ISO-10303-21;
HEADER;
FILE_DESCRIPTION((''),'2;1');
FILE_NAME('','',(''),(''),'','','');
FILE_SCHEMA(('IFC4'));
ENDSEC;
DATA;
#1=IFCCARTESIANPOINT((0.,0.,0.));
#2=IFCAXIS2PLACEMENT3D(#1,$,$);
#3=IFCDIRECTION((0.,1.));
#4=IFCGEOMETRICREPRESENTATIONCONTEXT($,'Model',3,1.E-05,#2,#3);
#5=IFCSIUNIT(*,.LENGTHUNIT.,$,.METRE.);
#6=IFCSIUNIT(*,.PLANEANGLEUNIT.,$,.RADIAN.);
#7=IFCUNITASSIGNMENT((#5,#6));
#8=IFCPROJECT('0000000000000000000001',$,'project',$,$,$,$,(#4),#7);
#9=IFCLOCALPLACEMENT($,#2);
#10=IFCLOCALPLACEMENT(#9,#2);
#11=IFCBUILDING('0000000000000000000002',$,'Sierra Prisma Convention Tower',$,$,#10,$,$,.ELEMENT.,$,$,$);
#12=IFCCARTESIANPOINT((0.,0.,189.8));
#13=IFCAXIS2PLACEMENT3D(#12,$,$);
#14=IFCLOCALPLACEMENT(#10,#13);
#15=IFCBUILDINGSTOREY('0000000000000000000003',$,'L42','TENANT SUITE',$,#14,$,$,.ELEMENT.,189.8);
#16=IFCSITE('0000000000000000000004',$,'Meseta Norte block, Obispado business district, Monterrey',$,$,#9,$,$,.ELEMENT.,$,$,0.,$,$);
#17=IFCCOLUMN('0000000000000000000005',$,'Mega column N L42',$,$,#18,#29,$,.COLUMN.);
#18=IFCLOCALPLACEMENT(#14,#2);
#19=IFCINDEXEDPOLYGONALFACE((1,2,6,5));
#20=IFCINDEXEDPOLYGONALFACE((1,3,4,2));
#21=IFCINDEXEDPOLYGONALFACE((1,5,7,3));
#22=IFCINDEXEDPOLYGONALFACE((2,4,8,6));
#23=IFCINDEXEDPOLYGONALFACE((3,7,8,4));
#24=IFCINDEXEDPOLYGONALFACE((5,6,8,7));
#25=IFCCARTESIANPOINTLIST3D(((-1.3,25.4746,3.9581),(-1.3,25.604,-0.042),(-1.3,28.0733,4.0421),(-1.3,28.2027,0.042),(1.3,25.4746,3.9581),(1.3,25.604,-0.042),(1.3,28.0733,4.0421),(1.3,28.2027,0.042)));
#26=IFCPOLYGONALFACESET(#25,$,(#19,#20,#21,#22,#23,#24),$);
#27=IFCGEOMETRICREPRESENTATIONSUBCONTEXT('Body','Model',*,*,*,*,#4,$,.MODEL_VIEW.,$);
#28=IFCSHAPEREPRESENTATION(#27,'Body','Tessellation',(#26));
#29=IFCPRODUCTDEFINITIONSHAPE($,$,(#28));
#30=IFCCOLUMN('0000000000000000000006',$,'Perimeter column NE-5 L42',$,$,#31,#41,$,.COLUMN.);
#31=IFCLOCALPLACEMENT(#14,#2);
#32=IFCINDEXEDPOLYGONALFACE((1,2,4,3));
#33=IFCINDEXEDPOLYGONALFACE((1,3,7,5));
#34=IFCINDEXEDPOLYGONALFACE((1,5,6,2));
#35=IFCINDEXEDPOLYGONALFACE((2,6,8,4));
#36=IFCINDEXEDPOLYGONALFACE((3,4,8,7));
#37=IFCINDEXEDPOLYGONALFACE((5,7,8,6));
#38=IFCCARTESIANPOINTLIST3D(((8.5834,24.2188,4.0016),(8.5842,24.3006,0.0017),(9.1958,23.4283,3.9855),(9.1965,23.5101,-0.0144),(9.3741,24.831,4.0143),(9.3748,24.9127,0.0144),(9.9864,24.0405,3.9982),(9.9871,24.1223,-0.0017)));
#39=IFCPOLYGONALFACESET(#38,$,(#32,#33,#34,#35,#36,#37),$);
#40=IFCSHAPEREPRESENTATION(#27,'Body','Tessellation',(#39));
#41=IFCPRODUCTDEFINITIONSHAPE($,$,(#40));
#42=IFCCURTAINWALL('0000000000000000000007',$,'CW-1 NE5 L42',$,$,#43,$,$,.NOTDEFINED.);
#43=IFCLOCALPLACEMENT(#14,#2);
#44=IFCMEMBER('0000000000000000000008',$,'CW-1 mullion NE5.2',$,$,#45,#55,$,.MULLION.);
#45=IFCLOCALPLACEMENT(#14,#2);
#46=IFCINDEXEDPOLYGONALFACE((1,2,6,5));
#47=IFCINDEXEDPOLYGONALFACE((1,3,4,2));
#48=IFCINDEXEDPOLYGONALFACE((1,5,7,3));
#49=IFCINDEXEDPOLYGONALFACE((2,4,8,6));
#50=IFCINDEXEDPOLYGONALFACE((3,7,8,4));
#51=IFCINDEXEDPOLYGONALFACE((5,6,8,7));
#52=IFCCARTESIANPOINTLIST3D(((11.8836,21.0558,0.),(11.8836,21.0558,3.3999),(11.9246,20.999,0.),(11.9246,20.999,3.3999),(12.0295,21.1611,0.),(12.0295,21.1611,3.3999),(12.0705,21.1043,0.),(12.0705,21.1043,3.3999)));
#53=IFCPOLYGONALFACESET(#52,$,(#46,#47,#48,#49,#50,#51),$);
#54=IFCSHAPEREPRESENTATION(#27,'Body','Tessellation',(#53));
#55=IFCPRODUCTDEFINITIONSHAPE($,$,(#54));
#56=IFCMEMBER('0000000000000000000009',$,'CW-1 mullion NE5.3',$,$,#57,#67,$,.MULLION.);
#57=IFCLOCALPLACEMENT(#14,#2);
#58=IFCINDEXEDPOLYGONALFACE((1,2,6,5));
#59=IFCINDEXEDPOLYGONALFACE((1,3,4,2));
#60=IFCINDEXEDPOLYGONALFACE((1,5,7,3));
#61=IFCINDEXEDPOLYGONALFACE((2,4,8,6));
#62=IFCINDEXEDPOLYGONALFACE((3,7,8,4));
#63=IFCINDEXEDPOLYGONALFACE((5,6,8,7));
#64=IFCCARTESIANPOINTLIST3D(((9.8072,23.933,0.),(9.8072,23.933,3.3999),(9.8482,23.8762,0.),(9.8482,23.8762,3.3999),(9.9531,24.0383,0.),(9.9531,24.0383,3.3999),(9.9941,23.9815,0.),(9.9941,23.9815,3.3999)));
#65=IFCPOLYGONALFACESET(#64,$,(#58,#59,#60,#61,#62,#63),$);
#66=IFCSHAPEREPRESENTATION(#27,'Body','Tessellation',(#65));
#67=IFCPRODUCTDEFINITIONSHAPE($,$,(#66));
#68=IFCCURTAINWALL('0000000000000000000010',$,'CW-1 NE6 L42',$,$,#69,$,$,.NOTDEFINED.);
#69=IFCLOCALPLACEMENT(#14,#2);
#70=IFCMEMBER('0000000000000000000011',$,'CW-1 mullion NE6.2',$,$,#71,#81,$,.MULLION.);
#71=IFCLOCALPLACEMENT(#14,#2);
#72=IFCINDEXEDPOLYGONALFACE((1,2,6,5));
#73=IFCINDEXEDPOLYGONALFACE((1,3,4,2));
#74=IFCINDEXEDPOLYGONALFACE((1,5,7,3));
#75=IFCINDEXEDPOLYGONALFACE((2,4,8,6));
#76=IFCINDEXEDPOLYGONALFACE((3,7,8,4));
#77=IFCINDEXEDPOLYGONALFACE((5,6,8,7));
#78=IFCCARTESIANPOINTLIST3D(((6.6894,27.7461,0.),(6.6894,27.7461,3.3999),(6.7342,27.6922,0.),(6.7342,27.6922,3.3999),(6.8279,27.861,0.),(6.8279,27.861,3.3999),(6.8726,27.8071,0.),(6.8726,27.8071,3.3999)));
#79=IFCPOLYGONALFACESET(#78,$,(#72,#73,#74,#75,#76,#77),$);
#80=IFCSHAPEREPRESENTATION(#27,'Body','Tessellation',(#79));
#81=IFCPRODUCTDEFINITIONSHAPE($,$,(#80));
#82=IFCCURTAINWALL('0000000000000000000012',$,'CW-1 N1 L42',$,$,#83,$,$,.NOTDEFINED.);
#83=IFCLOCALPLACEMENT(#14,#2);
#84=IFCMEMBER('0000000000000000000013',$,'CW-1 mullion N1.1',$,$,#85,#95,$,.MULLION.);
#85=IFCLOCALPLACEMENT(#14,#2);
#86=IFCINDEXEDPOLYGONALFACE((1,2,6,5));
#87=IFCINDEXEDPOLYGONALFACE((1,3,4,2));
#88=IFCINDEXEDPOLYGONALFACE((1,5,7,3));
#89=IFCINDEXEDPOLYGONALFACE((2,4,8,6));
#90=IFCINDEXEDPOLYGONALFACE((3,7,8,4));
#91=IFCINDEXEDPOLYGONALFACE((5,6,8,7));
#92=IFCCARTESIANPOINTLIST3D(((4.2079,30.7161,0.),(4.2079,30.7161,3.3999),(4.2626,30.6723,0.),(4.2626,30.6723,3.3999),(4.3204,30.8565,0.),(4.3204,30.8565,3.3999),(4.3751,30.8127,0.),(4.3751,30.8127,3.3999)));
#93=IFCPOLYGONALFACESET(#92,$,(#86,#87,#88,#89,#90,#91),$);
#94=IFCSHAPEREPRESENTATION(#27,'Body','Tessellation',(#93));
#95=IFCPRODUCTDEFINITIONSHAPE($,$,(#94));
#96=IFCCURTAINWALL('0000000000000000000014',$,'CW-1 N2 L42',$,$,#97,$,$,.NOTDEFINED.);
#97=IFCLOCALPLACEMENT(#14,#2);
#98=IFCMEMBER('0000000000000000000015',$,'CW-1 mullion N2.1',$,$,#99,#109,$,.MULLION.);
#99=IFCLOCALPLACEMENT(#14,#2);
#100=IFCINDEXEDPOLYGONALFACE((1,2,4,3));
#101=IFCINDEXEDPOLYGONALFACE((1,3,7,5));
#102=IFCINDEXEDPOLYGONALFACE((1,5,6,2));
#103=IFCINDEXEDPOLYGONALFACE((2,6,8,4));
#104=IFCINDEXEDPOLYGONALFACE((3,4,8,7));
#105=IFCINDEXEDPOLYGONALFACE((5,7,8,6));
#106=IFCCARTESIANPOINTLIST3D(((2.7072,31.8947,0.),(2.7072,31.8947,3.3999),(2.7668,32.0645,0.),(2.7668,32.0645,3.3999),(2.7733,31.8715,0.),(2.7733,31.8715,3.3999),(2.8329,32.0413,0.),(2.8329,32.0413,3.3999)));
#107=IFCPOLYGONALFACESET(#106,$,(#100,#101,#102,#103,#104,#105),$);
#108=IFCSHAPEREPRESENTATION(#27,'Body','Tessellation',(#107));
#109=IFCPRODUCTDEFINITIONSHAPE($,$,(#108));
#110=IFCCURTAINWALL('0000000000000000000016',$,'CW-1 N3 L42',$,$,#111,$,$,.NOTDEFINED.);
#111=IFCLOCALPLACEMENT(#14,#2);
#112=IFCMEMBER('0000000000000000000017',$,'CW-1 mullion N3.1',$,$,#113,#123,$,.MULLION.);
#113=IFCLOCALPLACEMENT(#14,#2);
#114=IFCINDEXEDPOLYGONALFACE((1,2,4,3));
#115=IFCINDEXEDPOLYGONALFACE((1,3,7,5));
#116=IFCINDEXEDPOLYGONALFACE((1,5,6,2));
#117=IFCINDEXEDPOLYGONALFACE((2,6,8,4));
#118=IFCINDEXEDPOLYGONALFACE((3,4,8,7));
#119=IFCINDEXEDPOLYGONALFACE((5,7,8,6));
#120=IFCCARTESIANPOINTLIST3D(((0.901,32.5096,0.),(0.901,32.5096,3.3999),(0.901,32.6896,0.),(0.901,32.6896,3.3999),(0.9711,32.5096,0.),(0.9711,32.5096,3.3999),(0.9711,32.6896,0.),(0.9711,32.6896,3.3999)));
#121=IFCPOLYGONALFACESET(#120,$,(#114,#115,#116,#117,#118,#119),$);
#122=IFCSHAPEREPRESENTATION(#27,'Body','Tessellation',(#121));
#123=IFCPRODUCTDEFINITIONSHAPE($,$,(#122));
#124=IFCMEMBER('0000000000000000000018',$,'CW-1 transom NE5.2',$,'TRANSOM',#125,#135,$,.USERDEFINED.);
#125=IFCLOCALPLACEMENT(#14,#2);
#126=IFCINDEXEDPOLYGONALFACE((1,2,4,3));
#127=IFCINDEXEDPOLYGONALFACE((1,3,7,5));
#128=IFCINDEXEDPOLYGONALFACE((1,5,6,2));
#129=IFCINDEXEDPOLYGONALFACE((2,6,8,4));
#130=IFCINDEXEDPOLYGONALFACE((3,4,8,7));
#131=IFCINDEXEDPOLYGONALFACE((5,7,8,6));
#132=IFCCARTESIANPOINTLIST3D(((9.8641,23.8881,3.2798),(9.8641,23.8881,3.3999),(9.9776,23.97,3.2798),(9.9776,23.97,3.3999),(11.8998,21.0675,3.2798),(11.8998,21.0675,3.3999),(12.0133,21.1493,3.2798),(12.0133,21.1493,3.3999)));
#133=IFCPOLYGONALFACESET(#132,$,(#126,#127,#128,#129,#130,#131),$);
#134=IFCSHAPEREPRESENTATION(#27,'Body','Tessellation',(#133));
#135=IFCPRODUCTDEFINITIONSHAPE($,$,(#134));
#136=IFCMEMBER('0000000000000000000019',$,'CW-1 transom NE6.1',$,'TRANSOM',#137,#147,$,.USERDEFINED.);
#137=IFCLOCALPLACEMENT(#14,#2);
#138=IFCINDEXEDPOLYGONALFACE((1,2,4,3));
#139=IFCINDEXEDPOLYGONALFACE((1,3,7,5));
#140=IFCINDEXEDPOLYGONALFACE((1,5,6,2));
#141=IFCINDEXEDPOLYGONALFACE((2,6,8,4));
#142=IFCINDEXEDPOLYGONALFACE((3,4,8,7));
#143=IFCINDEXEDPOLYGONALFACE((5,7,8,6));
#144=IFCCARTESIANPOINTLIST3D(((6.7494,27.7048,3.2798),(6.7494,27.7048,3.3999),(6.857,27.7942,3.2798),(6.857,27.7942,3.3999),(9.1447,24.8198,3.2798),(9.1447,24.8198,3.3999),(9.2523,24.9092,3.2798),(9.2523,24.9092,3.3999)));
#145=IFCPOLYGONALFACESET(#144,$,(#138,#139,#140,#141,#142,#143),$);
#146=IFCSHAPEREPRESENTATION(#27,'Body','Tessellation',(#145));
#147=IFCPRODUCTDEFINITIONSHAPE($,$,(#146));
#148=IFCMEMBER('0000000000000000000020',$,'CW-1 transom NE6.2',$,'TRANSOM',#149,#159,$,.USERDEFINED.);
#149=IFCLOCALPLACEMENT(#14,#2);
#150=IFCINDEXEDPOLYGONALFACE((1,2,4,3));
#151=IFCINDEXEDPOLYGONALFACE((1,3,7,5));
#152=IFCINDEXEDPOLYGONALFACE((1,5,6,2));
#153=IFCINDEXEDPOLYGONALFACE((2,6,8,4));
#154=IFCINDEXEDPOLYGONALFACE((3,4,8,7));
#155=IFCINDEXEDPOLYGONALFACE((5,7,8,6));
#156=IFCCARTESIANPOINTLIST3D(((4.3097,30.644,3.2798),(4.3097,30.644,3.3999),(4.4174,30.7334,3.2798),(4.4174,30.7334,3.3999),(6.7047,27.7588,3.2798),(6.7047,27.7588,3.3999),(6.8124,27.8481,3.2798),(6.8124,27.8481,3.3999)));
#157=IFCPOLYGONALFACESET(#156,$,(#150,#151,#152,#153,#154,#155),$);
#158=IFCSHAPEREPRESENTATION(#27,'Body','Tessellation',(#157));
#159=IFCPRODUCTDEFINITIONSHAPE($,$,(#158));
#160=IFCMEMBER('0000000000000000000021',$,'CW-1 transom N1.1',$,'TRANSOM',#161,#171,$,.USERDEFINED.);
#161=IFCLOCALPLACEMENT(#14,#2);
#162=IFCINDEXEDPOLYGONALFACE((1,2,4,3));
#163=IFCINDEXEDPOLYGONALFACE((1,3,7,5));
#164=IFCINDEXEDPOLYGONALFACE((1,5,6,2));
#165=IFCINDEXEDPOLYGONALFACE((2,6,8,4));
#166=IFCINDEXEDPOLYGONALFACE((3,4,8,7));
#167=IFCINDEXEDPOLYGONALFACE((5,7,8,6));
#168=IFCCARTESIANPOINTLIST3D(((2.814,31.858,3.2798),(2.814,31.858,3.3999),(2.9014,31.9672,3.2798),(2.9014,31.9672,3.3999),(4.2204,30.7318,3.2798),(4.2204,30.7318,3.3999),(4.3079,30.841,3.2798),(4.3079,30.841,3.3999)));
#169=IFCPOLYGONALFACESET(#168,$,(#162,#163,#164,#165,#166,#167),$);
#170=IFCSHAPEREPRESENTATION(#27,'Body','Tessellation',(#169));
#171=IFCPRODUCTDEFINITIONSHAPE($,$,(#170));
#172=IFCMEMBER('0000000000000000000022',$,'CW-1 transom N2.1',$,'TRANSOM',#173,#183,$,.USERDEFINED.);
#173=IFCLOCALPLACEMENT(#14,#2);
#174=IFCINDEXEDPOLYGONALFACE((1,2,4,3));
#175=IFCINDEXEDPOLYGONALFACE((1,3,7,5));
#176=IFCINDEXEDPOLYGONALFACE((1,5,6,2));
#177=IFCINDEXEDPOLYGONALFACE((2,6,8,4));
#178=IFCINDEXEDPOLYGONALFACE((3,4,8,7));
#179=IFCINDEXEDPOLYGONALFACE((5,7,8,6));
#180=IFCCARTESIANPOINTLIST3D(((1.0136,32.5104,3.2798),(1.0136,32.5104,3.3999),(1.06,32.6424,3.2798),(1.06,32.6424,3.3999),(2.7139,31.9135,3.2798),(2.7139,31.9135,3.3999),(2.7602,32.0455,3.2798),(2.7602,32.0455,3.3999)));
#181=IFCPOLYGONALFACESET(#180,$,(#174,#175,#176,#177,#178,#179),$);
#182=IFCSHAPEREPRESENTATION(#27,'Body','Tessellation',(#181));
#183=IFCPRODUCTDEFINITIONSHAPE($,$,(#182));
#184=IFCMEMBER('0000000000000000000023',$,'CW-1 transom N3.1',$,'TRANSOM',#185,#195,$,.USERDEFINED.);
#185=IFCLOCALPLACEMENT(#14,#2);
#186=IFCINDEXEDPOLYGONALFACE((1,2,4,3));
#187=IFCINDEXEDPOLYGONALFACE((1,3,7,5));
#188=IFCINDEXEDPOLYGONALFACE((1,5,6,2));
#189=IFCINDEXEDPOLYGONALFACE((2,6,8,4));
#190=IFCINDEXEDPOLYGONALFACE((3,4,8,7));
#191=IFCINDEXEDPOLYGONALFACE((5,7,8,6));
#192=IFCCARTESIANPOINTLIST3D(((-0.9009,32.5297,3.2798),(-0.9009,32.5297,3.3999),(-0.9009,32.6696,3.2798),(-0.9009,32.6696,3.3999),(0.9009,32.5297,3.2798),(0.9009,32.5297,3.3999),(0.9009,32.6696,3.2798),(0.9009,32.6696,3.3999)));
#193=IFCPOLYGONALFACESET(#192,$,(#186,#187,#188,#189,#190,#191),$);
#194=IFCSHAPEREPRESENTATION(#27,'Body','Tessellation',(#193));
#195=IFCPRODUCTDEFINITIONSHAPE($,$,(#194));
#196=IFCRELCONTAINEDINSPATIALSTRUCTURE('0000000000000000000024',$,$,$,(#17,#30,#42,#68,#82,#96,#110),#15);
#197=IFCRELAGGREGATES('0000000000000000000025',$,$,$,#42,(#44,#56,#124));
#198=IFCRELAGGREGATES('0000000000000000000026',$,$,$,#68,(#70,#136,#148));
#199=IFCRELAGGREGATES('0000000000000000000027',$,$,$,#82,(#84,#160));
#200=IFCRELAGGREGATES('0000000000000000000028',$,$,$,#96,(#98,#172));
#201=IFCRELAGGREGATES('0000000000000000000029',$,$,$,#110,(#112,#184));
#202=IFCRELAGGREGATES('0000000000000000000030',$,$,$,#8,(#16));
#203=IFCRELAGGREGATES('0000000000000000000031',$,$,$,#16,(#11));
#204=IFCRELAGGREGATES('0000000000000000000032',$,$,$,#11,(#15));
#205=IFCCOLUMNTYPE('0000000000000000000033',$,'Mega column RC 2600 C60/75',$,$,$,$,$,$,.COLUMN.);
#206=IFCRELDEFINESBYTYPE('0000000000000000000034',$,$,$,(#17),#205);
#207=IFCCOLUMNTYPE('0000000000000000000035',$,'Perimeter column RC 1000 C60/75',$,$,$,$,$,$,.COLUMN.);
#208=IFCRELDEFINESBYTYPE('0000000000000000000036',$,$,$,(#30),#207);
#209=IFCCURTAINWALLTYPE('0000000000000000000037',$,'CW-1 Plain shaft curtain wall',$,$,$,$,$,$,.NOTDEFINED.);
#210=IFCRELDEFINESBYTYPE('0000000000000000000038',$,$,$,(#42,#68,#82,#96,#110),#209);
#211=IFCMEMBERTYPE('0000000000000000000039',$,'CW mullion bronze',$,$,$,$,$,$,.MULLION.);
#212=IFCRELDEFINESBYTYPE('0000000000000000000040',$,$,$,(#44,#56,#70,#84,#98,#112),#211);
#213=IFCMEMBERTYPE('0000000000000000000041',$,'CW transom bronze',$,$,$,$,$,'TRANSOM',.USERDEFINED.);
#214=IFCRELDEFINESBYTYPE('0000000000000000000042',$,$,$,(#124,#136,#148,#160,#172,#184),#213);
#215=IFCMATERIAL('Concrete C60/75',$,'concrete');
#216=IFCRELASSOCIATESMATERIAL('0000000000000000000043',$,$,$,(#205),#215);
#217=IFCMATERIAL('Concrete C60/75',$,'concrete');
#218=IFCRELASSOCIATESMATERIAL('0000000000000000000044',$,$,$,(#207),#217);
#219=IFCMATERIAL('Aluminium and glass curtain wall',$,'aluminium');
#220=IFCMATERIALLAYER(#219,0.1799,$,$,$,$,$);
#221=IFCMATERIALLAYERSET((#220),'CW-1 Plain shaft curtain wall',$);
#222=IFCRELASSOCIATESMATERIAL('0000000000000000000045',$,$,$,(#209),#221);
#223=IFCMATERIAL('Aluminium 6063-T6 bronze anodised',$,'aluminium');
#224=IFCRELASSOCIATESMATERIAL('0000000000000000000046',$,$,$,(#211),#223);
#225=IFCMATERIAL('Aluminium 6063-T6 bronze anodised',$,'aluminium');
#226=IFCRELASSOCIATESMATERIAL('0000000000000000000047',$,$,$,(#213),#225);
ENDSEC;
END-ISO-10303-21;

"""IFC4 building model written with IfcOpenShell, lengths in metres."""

from ifc_helpers import new_model, si_unit, direction, frame, origin, origin_2d, place, context, subcontext, project, spatial, rectangle, extrude, material, layer, layer_set, material_profile, profile_set, type_object, element, aggregate, save


model = new_model("IFC4")

# Units and contexts
model_context = context("Model", 3, precision=1e-05, world=origin(), true_north=direction((0.0, 1.0)))
body_context = subcontext(model_context, "Body", "Model", "MODEL_VIEW")
ifc_project = project(units=[si_unit("LENGTHUNIT", "METRE"), si_unit("PLANEANGLEUNIT", "RADIAN")], contexts=[model_context])

# Site, building, storey
site_placement = place(None, origin())
site = spatial("IfcSite", under=ifc_project, at=site_placement, Name="Meseta Norte block, Obispado business district, Monterrey", CompositionType="ELEMENT", RefElevation=0.0)
building_placement = place(site_placement, origin())
building = spatial("IfcBuilding", under=site, at=building_placement, Name="Sierra Prisma Convention Tower", CompositionType="ELEMENT")
storey_placement = place(building_placement, frame((0.0, 0.0, 189.8)))
storey = spatial("IfcBuildingStorey", under=building, at=storey_placement, Name="L42", Description="TENANT SUITE", CompositionType="ELEMENT", Elevation=189.8)

# Columns
ifc_material_1 = material(Name="Concrete C60/75", Category="concrete")
ifc_material_profile_1 = material_profile(ifc_material_1, rectangle(XDim=2.6001, YDim=2.6001, at=origin_2d()), Name="Mega column RC 2600 C60/75")
ifc_profile_set_1 = profile_set([ifc_material_profile_1], Name="Concrete C60/75")
column_type_1 = type_object("IfcColumnType", Name="Mega column RC 2600 C60/75", PredefinedType="COLUMN", material=ifc_profile_set_1)
column_1_placement = place(storey_placement, frame((0.0, 26.9033, 0.0), z_axis=(0.0, -0.032332, 0.999477), x_axis=(1.0, 0.0, 0.0)))
element("IfcColumn", 1, at=column_1_placement, inside=storey, type_object=column_type_1, Name="Mega column N L42", PredefinedType="COLUMN", context=body_context, shape_type="SweptSolid", body=[
    extrude(rectangle(XDim=2.6001, YDim=2.6001, at=origin_2d()), origin(), (0.0, 0.0, 1.0), 4.0022),
])
ifc_material_2 = material(Name="Concrete C60/75", Category="concrete")
ifc_material_profile_2 = material_profile(ifc_material_2, rectangle(XDim=1.0, YDim=1.0, at=origin_2d()), Name="Perimeter column RC 1000 C60/75")
ifc_profile_set_2 = profile_set([ifc_material_profile_2], Name="Concrete C60/75")
column_type_2 = type_object("IfcColumnType", Name="Perimeter column RC 1000 C60/75", PredefinedType="COLUMN", material=ifc_profile_set_2)
column_2_placement = place(storey_placement, frame((9.2856, 24.2114, 0.0), z_axis=(-0.000183, -0.020443, 0.999791), x_axis=(-0.612322, 0.790445, 0.01605)))
element("IfcColumn", 2, at=column_2_placement, inside=storey, type_object=column_type_2, Name="Perimeter column NE-5 L42", PredefinedType="COLUMN", context=body_context, shape_type="SweptSolid", body=[
    extrude(rectangle(XDim=1.0, YDim=1.0, at=origin_2d()), origin(), (0.0, 0.0, 1.0), 4.0007),
])

# Curtain wall, members
ifc_material_3 = material(Name="Aluminium and glass curtain wall", Category="aluminium")
ifc_layer_1 = layer(ifc_material_3, 0.1799)
ifc_layer_set_1 = layer_set([ifc_layer_1], Name="CW-1 Plain shaft curtain wall")
curtain_wall_type = type_object("IfcCurtainWallType", Name="CW-1 Plain shaft curtain wall", PredefinedType="NOTDEFINED", material=ifc_layer_set_1)
curtain_wall_1_placement = place(storey_placement, origin())
curtain_wall_1 = element("IfcCurtainWall", 3, at=curtain_wall_1_placement, inside=storey, type_object=curtain_wall_type, Name="CW-1 NE5 L42", PredefinedType="NOTDEFINED")
ifc_material_4 = material(Name="Aluminium 6063-T6 bronze anodised", Category="aluminium")
ifc_material_profile_3 = material_profile(ifc_material_4, rectangle(XDim=0.1799, YDim=0.0701, at=origin_2d()), Name="ALU MULLION 70x180")
ifc_profile_set_3 = profile_set([ifc_material_profile_3], Name="Aluminium 6063-T6 bronze anodised")
member_type_1 = type_object("IfcMemberType", Name="CW mullion bronze", PredefinedType="MULLION", material=ifc_profile_set_3)
member_1_placement = place(storey_placement, frame((11.9771, 21.0801, 0.0), z_axis=(0.0, 0.0, 1.0), x_axis=(-0.810878, -0.585215, 0.0)))
member_1 = element("IfcMember", 4, at=member_1_placement, type_object=member_type_1, Name="CW-1 mullion NE5.2", PredefinedType="MULLION", context=body_context, shape_type="SweptSolid", body=[
    extrude(rectangle(XDim=0.1799, YDim=0.0701, at=origin_2d()), origin(), (0.0, 0.0, 1.0), 3.3999),
])
member_2_placement = place(storey_placement, frame((9.9006, 23.9573, 0.0), z_axis=(0.0, 0.0, 1.0), x_axis=(-0.810878, -0.585215, 0.0)))
member_2 = element("IfcMember", 5, at=member_2_placement, type_object=member_type_1, Name="CW-1 mullion NE5.3", PredefinedType="MULLION", context=body_context, shape_type="SweptSolid", body=[
    extrude(rectangle(XDim=0.1799, YDim=0.0701, at=origin_2d()), origin(), (0.0, 0.0, 1.0), 3.3999),
])

# Curtain walls, members
curtain_wall_2_placement = place(storey_placement, origin())
curtain_wall_2 = element("IfcCurtainWall", 6, at=curtain_wall_2_placement, inside=storey, type_object=curtain_wall_type, Name="CW-1 NE6 L42", PredefinedType="NOTDEFINED")
member_3_placement = place(storey_placement, frame((6.781, 27.7766, 0.0), z_axis=(0.0, 0.0, 1.0), x_axis=(-0.769433, -0.638728, 0.0)))
member_3 = element("IfcMember", 7, at=member_3_placement, type_object=member_type_1, Name="CW-1 mullion NE6.2", PredefinedType="MULLION", context=body_context, shape_type="SweptSolid", body=[
    extrude(rectangle(XDim=0.1799, YDim=0.0701, at=origin_2d()), origin(), (0.0, 0.0, 1.0), 3.3999),
])
curtain_wall_3_placement = place(storey_placement, origin())
curtain_wall_3 = element("IfcCurtainWall", 8, at=curtain_wall_3_placement, inside=storey, type_object=curtain_wall_type, Name="CW-1 N1 L42", PredefinedType="NOTDEFINED")
member_4_placement = place(storey_placement, frame((4.2915, 30.7644, 0.0), z_axis=(0.0, 0.0, 1.0), x_axis=(-0.625118, -0.78053, 0.0)))
member_4 = element("IfcMember", 9, at=member_4_placement, type_object=member_type_1, Name="CW-1 mullion N1.1", PredefinedType="MULLION", context=body_context, shape_type="SweptSolid", body=[
    extrude(rectangle(XDim=0.1799, YDim=0.0701, at=origin_2d()), origin(), (0.0, 0.0, 1.0), 3.3999),
])
curtain_wall_4_placement = place(storey_placement, origin())
curtain_wall_4 = element("IfcCurtainWall", 10, at=curtain_wall_4_placement, inside=storey, type_object=curtain_wall_type, Name="CW-1 N2 L42", PredefinedType="NOTDEFINED")
member_5_placement = place(storey_placement, frame((2.77, 31.968, 0.0), z_axis=(0.0, 0.0, 1.0), x_axis=(-0.331263, -0.943539, 0.0)))
member_5 = element("IfcMember", 11, at=member_5_placement, type_object=member_type_1, Name="CW-1 mullion N2.1", PredefinedType="MULLION", context=body_context, shape_type="SweptSolid", body=[
    extrude(rectangle(XDim=0.1799, YDim=0.0701, at=origin_2d()), origin(), (0.0, 0.0, 1.0), 3.3999),
])
curtain_wall_5_placement = place(storey_placement, origin())
curtain_wall_5 = element("IfcCurtainWall", 12, at=curtain_wall_5_placement, inside=storey, type_object=curtain_wall_type, Name="CW-1 N3 L42", PredefinedType="NOTDEFINED")
member_6_placement = place(storey_placement, frame((0.936, 32.5996, 0.0), z_axis=(0.0, 0.0, 1.0), x_axis=(0.0, -1.0, 0.0)))
member_6 = element("IfcMember", 13, at=member_6_placement, type_object=member_type_1, Name="CW-1 mullion N3.1", PredefinedType="MULLION", context=body_context, shape_type="SweptSolid", body=[
    extrude(rectangle(XDim=0.1799, YDim=0.0701, at=origin_2d()), origin(), (0.0, 0.0, 1.0), 3.3999),
])

# Members
ifc_material_5 = material(Name="Aluminium 6063-T6 bronze anodised", Category="aluminium")
ifc_material_profile_4 = material_profile(ifc_material_5, rectangle(XDim=0.1399, YDim=0.1201, at=origin_2d()), Name="ALU TRANSOM 120x140")
ifc_profile_set_4 = profile_set([ifc_material_profile_4], Name="Aluminium 6063-T6 bronze anodised")
member_type_2 = type_object("IfcMemberType", Name="CW transom bronze", ElementType="TRANSOM", PredefinedType="USERDEFINED", material=ifc_profile_set_4)
member_7_placement = place(storey_placement, frame((11.9565, 21.1084, 3.3398), z_axis=(-0.585221, 0.810874, 0.0), x_axis=(-0.810874, -0.585221, 0.0)))
member_7 = element("IfcMember", 14, at=member_7_placement, type_object=member_type_2, Name="CW-1 transom NE5.2", ObjectType="TRANSOM", PredefinedType="USERDEFINED", context=body_context, shape_type="SweptSolid", body=[
    extrude(rectangle(XDim=0.1399, YDim=0.1201, at=origin_2d()), origin(), (0.0, 0.0, 1.0), 3.4785),
])
member_8_placement = place(storey_placement, frame((9.1985, 24.8645, 3.3398), z_axis=(-0.638781, 0.769389, 0.0), x_axis=(-0.769389, -0.638781, 0.0)))
member_8 = element("IfcMember", 15, at=member_8_placement, type_object=member_type_2, Name="CW-1 transom NE6.1", ObjectType="TRANSOM", PredefinedType="USERDEFINED", context=body_context, shape_type="SweptSolid", body=[
    extrude(rectangle(XDim=0.1399, YDim=0.1201, at=origin_2d()), origin(), (0.0, 0.0, 1.0), 3.7498),
])
member_9_placement = place(storey_placement, frame((6.7585, 27.8035, 3.3398), z_axis=(-0.63871, 0.769447, 0.0), x_axis=(-0.769447, -0.63871, 0.0)))
member_9 = element("IfcMember", 16, at=member_9_placement, type_object=member_type_2, Name="CW-1 transom NE6.2", ObjectType="TRANSOM", PredefinedType="USERDEFINED", context=body_context, shape_type="SweptSolid", body=[
    extrude(rectangle(XDim=0.1399, YDim=0.1201, at=origin_2d()), origin(), (0.0, 0.0, 1.0), 3.7498),
])
member_10_placement = place(storey_placement, frame((4.2642, 30.7864, 3.3398), z_axis=(-0.780591, 0.625042, 0.0), x_axis=(-0.625042, -0.780591, 0.0)))
member_10 = element("IfcMember", 17, at=member_10_placement, type_object=member_type_2, Name="CW-1 transom N1.1", ObjectType="TRANSOM", PredefinedType="USERDEFINED", context=body_context, shape_type="SweptSolid", body=[
    extrude(rectangle(XDim=0.1399, YDim=0.1201, at=origin_2d()), origin(), (0.0, 0.0, 1.0), 1.8018),
])
member_11_placement = place(storey_placement, frame((2.7371, 31.9795, 3.3398), z_axis=(-0.943537, 0.331268, 0.0), x_axis=(-0.331268, -0.943537, 0.0)))
member_11 = element("IfcMember", 18, at=member_11_placement, type_object=member_type_2, Name="CW-1 transom N2.1", ObjectType="TRANSOM", PredefinedType="USERDEFINED", context=body_context, shape_type="SweptSolid", body=[
    extrude(rectangle(XDim=0.1399, YDim=0.1201, at=origin_2d()), origin(), (0.0, 0.0, 1.0), 1.802),
])
member_12_placement = place(storey_placement, frame((0.9009, 32.5996, 3.3398), z_axis=(-1.0, 0.0, 0.0), x_axis=(0.0, -1.0, 0.0)))
member_12 = element("IfcMember", 19, at=member_12_placement, type_object=member_type_2, Name="CW-1 transom N3.1", ObjectType="TRANSOM", PredefinedType="USERDEFINED", context=body_context, shape_type="SweptSolid", body=[
    extrude(rectangle(XDim=0.1399, YDim=0.1201, at=origin_2d()), origin(), (0.0, 0.0, 1.0), 1.8018),
])

aggregate(curtain_wall_1, [member_1, member_2, member_7])
aggregate(curtain_wall_2, [member_3, member_8, member_9])
aggregate(curtain_wall_3, [member_4, member_10])
aggregate(curtain_wall_4, [member_5, member_11])
aggregate(curtain_wall_5, [member_6, member_12])

save(model, "model.ifc")
